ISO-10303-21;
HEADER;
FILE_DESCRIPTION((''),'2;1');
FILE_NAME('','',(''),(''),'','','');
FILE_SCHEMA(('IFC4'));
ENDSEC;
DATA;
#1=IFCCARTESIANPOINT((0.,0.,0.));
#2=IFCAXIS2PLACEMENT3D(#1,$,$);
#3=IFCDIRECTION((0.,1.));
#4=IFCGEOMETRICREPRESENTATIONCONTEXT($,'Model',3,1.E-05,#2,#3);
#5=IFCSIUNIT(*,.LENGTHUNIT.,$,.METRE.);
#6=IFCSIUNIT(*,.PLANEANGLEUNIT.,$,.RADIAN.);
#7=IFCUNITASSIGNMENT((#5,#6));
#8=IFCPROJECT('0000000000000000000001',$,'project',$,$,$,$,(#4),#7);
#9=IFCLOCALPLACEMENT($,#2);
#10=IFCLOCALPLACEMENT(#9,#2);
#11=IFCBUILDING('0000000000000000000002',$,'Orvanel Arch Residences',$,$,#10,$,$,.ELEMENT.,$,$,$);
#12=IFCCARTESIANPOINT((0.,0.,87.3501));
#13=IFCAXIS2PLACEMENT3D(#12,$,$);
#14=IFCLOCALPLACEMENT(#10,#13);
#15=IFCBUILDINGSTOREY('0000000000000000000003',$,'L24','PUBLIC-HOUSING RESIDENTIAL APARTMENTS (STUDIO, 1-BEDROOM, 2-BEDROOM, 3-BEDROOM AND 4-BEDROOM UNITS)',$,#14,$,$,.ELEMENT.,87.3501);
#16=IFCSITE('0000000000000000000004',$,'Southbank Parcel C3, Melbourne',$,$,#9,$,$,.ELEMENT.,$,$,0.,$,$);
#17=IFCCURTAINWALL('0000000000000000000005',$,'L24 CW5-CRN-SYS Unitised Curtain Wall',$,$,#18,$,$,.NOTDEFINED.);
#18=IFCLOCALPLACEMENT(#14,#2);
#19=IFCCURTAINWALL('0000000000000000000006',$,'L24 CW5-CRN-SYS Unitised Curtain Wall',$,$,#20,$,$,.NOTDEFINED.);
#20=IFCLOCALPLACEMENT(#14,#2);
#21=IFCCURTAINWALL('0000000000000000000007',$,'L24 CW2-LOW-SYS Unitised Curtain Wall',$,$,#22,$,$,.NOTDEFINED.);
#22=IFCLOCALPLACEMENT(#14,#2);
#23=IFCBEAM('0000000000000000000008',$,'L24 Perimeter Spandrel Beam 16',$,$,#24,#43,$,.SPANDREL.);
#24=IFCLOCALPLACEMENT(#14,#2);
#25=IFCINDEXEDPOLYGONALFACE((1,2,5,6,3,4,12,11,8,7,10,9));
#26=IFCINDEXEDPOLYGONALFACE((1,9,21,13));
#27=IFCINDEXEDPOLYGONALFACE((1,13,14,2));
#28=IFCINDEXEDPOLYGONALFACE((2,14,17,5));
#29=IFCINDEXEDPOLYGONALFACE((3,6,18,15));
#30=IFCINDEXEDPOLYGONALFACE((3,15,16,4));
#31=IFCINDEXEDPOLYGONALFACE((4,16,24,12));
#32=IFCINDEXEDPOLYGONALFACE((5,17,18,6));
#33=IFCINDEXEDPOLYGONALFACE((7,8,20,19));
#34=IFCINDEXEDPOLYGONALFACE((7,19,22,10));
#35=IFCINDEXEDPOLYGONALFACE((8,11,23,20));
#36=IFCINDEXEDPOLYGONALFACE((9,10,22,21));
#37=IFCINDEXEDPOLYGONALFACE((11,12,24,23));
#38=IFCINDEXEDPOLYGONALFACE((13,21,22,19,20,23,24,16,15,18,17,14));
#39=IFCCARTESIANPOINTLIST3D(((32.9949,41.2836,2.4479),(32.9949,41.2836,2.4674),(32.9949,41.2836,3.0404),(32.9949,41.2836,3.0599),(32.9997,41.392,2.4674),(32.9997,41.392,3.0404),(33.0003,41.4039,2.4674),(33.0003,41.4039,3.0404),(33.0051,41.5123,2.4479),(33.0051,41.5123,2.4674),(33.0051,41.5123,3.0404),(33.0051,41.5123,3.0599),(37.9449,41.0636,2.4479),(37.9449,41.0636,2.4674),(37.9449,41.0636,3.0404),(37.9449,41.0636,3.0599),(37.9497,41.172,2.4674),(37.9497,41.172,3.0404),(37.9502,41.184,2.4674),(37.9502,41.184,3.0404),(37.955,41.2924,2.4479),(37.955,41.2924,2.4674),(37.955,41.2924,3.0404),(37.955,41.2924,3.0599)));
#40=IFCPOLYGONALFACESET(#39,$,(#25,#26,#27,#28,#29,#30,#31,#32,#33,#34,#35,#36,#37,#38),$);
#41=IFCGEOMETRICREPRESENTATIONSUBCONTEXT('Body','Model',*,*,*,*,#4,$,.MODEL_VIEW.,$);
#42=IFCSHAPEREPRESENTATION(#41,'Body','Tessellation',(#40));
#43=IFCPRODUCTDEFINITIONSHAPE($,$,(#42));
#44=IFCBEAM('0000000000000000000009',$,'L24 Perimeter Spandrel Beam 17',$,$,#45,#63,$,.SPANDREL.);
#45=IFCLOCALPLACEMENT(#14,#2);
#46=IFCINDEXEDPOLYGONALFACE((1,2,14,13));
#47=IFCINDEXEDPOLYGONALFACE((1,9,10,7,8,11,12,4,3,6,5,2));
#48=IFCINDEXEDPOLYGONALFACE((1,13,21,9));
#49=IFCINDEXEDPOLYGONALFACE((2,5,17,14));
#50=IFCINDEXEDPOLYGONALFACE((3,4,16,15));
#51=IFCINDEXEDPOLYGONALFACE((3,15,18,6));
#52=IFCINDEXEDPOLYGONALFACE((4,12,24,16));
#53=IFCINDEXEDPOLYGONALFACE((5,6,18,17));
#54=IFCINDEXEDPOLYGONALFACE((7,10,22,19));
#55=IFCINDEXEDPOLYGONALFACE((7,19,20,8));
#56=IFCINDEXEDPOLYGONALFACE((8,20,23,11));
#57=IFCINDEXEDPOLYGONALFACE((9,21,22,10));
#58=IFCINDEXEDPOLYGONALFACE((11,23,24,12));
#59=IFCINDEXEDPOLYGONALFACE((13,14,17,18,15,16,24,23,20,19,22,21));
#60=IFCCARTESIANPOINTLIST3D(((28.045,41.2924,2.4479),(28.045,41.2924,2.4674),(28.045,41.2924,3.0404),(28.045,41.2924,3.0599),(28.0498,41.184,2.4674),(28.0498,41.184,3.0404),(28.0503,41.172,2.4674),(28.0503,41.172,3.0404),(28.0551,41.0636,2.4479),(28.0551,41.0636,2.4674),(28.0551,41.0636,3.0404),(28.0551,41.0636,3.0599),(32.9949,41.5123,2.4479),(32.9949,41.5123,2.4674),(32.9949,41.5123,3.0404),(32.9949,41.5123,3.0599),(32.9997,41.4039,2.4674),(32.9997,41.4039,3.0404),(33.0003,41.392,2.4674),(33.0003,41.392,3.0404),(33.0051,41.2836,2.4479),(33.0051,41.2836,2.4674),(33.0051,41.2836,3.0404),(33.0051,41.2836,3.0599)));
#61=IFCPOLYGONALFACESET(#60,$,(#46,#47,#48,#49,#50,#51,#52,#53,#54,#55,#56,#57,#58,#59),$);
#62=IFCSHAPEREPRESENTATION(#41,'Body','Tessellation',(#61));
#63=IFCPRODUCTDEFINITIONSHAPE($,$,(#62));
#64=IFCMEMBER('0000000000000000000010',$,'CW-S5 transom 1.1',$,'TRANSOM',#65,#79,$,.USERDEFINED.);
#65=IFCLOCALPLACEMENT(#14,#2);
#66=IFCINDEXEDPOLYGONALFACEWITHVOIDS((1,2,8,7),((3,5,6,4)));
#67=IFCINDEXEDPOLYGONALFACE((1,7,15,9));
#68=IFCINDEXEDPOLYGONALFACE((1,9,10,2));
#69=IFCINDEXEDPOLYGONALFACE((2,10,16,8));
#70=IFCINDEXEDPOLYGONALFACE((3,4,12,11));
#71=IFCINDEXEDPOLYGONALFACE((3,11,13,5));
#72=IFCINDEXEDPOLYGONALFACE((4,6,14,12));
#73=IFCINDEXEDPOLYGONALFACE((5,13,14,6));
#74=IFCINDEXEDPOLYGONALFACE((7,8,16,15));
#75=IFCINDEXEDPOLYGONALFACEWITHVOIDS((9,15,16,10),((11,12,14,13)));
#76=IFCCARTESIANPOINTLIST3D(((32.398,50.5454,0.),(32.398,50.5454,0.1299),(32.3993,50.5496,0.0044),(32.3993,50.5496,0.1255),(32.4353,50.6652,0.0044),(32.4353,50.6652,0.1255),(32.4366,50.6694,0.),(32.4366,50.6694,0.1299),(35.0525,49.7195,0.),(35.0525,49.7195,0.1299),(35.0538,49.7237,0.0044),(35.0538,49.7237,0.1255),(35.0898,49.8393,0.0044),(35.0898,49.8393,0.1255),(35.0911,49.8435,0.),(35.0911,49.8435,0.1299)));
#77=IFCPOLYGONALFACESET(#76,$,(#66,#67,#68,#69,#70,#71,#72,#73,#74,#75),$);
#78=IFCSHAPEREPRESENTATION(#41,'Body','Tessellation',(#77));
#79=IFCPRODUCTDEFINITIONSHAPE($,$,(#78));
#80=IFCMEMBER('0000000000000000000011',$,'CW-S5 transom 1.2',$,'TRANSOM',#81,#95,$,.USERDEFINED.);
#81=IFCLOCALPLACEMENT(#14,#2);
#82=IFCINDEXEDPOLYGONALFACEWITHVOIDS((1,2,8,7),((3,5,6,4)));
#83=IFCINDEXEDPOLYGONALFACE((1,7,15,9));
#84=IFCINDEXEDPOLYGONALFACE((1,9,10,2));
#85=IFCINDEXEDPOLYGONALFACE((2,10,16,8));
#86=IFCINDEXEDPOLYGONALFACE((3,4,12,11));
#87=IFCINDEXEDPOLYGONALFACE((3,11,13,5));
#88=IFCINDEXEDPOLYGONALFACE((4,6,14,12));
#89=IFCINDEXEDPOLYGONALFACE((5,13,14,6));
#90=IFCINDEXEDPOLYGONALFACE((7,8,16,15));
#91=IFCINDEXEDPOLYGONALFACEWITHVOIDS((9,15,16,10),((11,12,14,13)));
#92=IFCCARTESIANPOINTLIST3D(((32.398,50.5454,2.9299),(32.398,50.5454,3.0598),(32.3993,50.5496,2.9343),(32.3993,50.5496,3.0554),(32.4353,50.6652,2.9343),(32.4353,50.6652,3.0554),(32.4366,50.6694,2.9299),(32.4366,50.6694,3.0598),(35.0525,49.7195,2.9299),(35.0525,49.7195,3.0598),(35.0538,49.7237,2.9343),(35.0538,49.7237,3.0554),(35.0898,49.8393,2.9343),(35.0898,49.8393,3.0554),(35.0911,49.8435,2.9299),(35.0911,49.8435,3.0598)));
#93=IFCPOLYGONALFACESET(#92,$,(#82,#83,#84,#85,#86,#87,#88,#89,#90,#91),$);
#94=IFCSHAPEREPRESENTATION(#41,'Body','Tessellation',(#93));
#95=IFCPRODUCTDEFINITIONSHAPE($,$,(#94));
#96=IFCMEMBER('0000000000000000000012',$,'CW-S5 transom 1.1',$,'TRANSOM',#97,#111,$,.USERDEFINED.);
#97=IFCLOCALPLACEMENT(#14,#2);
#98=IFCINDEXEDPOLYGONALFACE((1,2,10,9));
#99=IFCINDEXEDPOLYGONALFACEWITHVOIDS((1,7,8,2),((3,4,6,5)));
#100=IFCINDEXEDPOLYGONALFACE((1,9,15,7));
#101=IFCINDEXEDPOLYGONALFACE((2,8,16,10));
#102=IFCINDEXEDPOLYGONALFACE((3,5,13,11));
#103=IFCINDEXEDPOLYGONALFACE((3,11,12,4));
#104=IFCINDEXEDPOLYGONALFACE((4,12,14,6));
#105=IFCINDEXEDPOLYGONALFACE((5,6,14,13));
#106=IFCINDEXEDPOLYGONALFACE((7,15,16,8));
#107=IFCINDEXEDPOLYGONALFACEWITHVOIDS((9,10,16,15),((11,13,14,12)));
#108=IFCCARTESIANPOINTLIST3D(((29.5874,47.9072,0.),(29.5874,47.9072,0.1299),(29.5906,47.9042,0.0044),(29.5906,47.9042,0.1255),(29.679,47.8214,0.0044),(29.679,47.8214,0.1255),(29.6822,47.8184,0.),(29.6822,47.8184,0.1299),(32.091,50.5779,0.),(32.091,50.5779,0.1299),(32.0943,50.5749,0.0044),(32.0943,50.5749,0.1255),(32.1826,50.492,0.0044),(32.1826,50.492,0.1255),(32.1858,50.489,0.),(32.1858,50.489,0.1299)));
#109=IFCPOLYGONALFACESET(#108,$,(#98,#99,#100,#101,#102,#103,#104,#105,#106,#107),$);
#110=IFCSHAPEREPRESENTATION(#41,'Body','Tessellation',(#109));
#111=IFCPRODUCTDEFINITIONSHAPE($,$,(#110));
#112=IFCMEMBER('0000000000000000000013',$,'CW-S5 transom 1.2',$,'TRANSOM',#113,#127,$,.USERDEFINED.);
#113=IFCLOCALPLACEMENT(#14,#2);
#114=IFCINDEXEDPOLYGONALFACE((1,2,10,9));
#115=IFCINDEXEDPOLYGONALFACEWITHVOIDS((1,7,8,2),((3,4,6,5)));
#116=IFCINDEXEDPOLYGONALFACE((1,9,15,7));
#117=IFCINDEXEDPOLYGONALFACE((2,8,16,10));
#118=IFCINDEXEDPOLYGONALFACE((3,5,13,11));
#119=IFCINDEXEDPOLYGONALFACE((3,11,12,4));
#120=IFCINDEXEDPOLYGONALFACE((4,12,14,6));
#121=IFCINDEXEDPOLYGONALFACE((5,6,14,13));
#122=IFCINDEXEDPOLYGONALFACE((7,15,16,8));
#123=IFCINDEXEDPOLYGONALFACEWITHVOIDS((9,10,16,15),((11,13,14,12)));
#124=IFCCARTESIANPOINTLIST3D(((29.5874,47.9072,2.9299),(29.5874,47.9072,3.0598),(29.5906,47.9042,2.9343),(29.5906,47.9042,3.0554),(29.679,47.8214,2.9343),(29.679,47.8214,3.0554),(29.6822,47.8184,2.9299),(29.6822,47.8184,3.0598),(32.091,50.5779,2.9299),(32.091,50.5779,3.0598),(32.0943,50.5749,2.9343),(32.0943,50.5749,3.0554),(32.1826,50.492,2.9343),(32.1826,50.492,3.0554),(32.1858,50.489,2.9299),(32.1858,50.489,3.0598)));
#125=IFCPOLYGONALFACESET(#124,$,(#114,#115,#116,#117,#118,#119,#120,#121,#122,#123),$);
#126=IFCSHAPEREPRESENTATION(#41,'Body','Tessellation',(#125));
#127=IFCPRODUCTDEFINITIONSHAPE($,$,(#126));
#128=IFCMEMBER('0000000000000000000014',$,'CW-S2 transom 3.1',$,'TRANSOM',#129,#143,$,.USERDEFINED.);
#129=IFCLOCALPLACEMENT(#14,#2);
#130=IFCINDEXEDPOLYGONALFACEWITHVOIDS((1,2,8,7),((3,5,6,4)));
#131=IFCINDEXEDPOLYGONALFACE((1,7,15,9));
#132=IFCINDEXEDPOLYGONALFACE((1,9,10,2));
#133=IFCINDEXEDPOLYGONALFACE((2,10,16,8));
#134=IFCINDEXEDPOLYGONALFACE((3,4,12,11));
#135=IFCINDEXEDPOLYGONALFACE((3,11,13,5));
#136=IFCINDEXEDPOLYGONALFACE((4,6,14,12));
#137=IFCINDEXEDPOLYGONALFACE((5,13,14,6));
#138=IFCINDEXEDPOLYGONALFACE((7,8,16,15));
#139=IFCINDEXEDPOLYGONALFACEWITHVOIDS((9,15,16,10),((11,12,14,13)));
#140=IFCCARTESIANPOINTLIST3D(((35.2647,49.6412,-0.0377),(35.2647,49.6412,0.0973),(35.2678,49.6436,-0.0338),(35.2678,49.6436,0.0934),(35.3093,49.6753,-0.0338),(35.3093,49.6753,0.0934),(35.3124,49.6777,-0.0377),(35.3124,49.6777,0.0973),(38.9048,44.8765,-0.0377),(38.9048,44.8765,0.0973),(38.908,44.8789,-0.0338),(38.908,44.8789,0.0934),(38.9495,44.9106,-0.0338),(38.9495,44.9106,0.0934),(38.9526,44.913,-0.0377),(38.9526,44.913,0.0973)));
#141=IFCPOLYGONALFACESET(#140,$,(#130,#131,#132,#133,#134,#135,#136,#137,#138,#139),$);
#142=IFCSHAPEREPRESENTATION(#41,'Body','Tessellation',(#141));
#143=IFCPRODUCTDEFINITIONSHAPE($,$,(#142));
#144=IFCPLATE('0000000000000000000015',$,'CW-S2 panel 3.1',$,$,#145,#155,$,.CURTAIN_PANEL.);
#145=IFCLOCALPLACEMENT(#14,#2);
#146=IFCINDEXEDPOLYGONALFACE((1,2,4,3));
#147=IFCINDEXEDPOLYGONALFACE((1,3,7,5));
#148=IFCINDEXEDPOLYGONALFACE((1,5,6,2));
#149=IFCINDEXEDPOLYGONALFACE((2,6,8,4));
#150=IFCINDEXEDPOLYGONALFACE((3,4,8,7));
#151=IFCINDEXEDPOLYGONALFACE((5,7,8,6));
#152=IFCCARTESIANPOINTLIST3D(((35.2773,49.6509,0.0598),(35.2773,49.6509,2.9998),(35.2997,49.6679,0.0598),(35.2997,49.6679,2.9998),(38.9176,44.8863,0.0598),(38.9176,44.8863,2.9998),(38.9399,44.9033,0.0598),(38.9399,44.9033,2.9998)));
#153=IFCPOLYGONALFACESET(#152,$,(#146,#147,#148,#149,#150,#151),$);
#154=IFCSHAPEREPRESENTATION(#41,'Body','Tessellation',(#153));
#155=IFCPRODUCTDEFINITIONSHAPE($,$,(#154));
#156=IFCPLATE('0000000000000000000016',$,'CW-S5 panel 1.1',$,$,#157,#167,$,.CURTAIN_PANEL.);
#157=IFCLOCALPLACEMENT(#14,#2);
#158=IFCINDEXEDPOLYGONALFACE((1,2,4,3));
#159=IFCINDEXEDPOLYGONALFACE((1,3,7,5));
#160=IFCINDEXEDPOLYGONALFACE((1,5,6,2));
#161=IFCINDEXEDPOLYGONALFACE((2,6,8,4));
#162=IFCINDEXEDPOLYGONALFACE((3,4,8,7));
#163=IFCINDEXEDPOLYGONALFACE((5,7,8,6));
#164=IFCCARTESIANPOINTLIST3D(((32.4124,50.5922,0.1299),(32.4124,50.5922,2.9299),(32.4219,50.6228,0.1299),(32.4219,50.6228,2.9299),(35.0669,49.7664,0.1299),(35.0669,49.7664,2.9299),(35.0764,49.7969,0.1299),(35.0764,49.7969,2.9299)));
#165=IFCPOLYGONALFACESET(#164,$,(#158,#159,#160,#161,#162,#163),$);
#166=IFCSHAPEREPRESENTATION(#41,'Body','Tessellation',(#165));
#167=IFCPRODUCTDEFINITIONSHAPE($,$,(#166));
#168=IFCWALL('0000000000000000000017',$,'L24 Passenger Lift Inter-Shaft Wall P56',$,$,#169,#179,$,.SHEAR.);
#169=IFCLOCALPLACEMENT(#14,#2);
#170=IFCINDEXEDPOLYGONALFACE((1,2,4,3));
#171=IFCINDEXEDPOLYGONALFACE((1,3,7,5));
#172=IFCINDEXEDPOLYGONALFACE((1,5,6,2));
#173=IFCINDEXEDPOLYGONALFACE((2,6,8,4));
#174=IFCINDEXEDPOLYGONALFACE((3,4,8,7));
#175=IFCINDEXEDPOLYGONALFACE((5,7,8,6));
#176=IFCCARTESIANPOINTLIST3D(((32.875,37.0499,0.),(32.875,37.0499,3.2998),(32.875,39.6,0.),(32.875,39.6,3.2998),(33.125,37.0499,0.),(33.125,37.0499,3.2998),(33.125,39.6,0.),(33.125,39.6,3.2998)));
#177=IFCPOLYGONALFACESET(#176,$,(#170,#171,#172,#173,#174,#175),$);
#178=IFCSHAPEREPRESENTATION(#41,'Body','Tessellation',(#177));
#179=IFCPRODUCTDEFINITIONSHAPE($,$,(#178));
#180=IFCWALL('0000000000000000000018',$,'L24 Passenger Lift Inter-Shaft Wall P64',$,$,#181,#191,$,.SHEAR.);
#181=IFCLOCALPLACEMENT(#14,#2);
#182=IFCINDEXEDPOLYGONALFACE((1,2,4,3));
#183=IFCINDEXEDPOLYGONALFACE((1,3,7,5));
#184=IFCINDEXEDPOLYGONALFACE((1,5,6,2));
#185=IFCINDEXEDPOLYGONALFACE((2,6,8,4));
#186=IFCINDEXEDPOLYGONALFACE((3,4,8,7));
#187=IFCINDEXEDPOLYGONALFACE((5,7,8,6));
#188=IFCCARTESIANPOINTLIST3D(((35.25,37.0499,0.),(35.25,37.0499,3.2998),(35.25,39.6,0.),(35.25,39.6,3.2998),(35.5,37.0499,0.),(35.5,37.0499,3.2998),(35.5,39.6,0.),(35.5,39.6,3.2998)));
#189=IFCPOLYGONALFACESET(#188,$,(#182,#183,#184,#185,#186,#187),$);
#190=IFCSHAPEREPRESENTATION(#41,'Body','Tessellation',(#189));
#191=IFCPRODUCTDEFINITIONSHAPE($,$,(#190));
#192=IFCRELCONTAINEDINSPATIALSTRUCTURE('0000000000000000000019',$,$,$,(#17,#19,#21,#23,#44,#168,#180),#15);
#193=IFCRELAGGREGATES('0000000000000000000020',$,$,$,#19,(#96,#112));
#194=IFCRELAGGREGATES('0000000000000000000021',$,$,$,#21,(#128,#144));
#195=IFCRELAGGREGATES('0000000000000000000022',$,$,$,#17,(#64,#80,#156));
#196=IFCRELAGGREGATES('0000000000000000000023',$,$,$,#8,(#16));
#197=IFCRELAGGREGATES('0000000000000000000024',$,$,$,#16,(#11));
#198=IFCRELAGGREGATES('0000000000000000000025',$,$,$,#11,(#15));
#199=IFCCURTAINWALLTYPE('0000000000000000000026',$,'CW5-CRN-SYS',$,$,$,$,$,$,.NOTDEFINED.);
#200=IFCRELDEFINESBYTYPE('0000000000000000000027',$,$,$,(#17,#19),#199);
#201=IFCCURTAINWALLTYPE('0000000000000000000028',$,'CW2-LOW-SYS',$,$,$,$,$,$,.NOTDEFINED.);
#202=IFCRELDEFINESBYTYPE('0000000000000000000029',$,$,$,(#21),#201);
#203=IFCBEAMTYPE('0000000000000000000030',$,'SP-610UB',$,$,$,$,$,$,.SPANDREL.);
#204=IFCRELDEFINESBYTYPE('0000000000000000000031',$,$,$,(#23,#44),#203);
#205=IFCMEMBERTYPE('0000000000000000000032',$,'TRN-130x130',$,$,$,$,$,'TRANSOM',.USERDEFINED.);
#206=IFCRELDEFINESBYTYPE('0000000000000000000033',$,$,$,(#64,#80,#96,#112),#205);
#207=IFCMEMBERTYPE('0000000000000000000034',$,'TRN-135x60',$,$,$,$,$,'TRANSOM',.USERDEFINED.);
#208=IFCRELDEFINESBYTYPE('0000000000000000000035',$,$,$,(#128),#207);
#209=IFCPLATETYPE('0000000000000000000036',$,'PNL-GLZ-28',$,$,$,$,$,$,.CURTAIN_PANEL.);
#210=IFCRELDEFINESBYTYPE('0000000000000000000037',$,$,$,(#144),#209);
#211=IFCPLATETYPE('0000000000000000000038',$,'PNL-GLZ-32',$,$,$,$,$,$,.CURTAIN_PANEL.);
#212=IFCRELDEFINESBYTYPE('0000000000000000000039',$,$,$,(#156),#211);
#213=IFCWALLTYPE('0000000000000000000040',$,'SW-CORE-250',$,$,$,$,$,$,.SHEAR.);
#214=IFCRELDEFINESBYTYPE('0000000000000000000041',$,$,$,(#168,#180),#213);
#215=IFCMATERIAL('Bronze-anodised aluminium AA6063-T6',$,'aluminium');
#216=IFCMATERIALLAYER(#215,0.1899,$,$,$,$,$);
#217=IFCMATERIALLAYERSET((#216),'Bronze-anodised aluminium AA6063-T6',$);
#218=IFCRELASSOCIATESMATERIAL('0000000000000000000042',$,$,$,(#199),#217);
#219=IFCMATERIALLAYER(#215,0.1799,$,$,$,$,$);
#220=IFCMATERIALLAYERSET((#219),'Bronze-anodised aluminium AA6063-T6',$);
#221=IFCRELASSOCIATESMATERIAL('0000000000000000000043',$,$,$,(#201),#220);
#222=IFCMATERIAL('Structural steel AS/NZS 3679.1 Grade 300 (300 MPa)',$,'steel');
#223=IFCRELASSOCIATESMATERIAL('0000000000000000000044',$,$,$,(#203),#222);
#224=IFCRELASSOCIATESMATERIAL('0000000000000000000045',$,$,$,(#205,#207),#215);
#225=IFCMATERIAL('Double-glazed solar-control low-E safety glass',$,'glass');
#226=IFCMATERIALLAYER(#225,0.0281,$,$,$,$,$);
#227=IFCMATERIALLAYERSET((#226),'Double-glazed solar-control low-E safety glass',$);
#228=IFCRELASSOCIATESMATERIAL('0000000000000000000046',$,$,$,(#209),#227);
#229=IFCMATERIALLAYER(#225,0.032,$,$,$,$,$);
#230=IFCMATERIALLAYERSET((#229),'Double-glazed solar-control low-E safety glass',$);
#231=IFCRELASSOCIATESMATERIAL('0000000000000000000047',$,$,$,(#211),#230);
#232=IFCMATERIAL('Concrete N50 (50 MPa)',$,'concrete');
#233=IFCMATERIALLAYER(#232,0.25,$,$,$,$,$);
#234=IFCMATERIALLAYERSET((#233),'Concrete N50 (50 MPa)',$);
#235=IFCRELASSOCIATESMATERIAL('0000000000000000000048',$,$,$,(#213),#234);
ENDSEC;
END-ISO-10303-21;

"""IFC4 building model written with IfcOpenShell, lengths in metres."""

from ifc_helpers import new_model, si_unit, direction, frame, frame_2d, origin, origin_2d, place, context, subcontext, project, spatial, rectangle, hollow_rectangle, i_section, extrude, material, layer, layer_set, material_profile, profile_set, type_object, element, aggregate, save


model = new_model("IFC4")

# Units and contexts
model_context = context("Model", 3, precision=1e-05, world=origin(), true_north=direction((0.0, 1.0)))
body_context = subcontext(model_context, "Body", "Model", "MODEL_VIEW")
ifc_project = project(units=[si_unit("LENGTHUNIT", "METRE"), si_unit("PLANEANGLEUNIT", "RADIAN")], contexts=[model_context])

# Site, building, storey
site_placement = place(None, origin())
site = spatial("IfcSite", under=ifc_project, at=site_placement, Name="Southbank Parcel C3, Melbourne", CompositionType="ELEMENT", RefElevation=0.0)
building_placement = place(site_placement, origin())
building = spatial("IfcBuilding", under=site, at=building_placement, Name="Orvanel Arch Residences", CompositionType="ELEMENT")
storey_placement = place(building_placement, frame((0.0, 0.0, 87.3501)))
storey = spatial("IfcBuildingStorey", under=building, at=storey_placement, Name="L24", Description="PUBLIC-HOUSING RESIDENTIAL APARTMENTS (STUDIO, 1-BEDROOM, 2-BEDROOM, 3-BEDROOM AND 4-BEDROOM UNITS)", CompositionType="ELEMENT", Elevation=87.3501)

# Shared definitions
ifc_material_1 = material(Name="Structural steel AS/NZS 3679.1 Grade 300 (300 MPa)", Category="steel")

# Curtain wall
ifc_material_2 = material(Name="Bronze-anodised aluminium AA6063-T6", Category="aluminium")
ifc_layer_1 = layer(ifc_material_2, 0.1899)
ifc_layer_set_1 = layer_set([ifc_layer_1], Name="Bronze-anodised aluminium AA6063-T6")
curtain_wall_type_1 = type_object("IfcCurtainWallType", Name="CW5-CRN-SYS", PredefinedType="NOTDEFINED", material=ifc_layer_set_1)
curtain_wall_1_placement = place(storey_placement, origin())
curtain_wall_1 = element("IfcCurtainWall", 1, at=curtain_wall_1_placement, inside=storey, type_object=curtain_wall_type_1, Name="L24 CW5-CRN-SYS Unitised Curtain Wall", PredefinedType="NOTDEFINED")

# Curtain walls
curtain_wall_2_placement = place(storey_placement, origin())
curtain_wall_2 = element("IfcCurtainWall", 2, at=curtain_wall_2_placement, inside=storey, type_object=curtain_wall_type_1, Name="L24 CW5-CRN-SYS Unitised Curtain Wall", PredefinedType="NOTDEFINED")
ifc_layer_2 = layer(ifc_material_2, 0.1799)
ifc_layer_set_2 = layer_set([ifc_layer_2], Name="Bronze-anodised aluminium AA6063-T6")
curtain_wall_type_2 = type_object("IfcCurtainWallType", Name="CW2-LOW-SYS", PredefinedType="NOTDEFINED", material=ifc_layer_set_2)
curtain_wall_3_placement = place(storey_placement, origin())
curtain_wall_3 = element("IfcCurtainWall", 3, at=curtain_wall_3_placement, inside=storey, type_object=curtain_wall_type_2, Name="L24 CW2-LOW-SYS Unitised Curtain Wall", PredefinedType="NOTDEFINED")

# Beams
ifc_material_profile_1 = material_profile(ifc_material_1, i_section(OverallWidth=0.229, OverallDepth=0.6121, WebThickness=0.012, FlangeThickness=0.0195, at=origin_2d()), Name="610UB125")
ifc_profile_set_1 = profile_set([ifc_material_profile_1], Name="Structural steel AS/NZS 3679.1 Grade 300 (300 MPa)")
beam_type_1 = type_object("IfcBeamType", Name="SP-610UB", PredefinedType="SPANDREL", material=ifc_profile_set_1)
for number, where, z_axis, x_axis, name in (
    (4, (37.95, 41.178, 2.7539), (-0.999014, 0.044395, 0.0), (-0.044395, -0.999014, 0.0), "L24 Perimeter Spandrel Beam 16"),
    (5, (33.0, 41.3979, 2.7539), (-0.999014, -0.044395, 0.0), (0.044395, -0.999014, 0.0), "L24 Perimeter Spandrel Beam 17"),
):
    element("IfcBeam", number, at=place(storey_placement, frame(where, z_axis=z_axis, x_axis=x_axis)), inside=storey, type_object=beam_type_1, Name=name, PredefinedType="SPANDREL", context=body_context, shape_type="SweptSolid", body=[
        extrude(i_section(OverallWidth=0.229, OverallDepth=0.6121, WebThickness=0.012, FlangeThickness=0.0195, at=origin_2d()), origin(), (0.0, 0.0, 1.0), 4.9548),
    ])

# Members
ifc_material_profile_2 = material_profile(ifc_material_2, hollow_rectangle(XDim=0.1299, YDim=0.1299, WallThickness=0.0044, at=origin_2d()), Name="ALU130x130x4.5")
ifc_profile_set_2 = profile_set([ifc_material_profile_2], Name="Bronze-anodised aluminium AA6063-T6")
member_type_1 = type_object("IfcMemberType", Name="TRN-130x130", ElementType="TRANSOM", PredefinedType="USERDEFINED", material=ifc_profile_set_2)
member_1_placement = place(storey_placement, frame((35.0718, 49.7815, 0.0649), z_axis=(-0.95485, 0.29709, 0.0), x_axis=(-0.29709, -0.95485, 0.0)))
member_1 = element("IfcMember", 6, at=member_1_placement, type_object=member_type_1, Name="CW-S5 transom 1.1", ObjectType="TRANSOM", PredefinedType="USERDEFINED", context=body_context, shape_type="SweptSolid", body=[
    extrude(hollow_rectangle(XDim=0.1299, YDim=0.1299, WallThickness=0.0044, at=origin_2d()), origin(), (0.0, 0.0, 1.0), 2.78),
])
member_2_placement = place(storey_placement, frame((35.0718, 49.7815, 2.9949), z_axis=(-0.95485, 0.29709, 0.0), x_axis=(-0.29709, -0.95485, 0.0)))
member_2 = element("IfcMember", 7, at=member_2_placement, type_object=member_type_1, Name="CW-S5 transom 1.2", ObjectType="TRANSOM", PredefinedType="USERDEFINED", context=body_context, shape_type="SweptSolid", body=[
    extrude(hollow_rectangle(XDim=0.1299, YDim=0.1299, WallThickness=0.0044, at=origin_2d()), origin(), (0.0, 0.0, 1.0), 2.78),
])
member_3_placement = place(storey_placement, frame((32.1384, 50.5334, 0.0649), z_axis=(-0.68393, -0.729548, 0.0), x_axis=(0.729548, -0.68393, 0.0)))
member_3 = element("IfcMember", 8, at=member_3_placement, type_object=member_type_1, Name="CW-S5 transom 1.1", ObjectType="TRANSOM", PredefinedType="USERDEFINED", context=body_context, shape_type="SweptSolid", body=[
    extrude(hollow_rectangle(XDim=0.1299, YDim=0.1299, WallThickness=0.0044, at=origin_2d()), origin(), (0.0, 0.0, 1.0), 3.6606),
])
member_4_placement = place(storey_placement, frame((32.1384, 50.5334, 2.9949), z_axis=(-0.68393, -0.729548, 0.0), x_axis=(0.729548, -0.68393, 0.0)))
member_4 = element("IfcMember", 9, at=member_4_placement, type_object=member_type_1, Name="CW-S5 transom 1.2", ObjectType="TRANSOM", PredefinedType="USERDEFINED", context=body_context, shape_type="SweptSolid", body=[
    extrude(hollow_rectangle(XDim=0.1299, YDim=0.1299, WallThickness=0.0044, at=origin_2d()), origin(), (0.0, 0.0, 1.0), 3.6606),
])
aggregate(curtain_wall_2, [member_3, member_4])
ifc_material_profile_3 = material_profile(ifc_material_2, hollow_rectangle(XDim=0.0601, YDim=0.135, WallThickness=0.0039, at=origin_2d()), Name="ALU135x60x4")
ifc_profile_set_3 = profile_set([ifc_material_profile_3], Name="Bronze-anodised aluminium AA6063-T6")
member_type_2 = type_object("IfcMemberType", Name="TRN-135x60", ElementType="TRANSOM", PredefinedType="USERDEFINED", material=ifc_profile_set_3)
member_5_placement = place(storey_placement, frame((38.9287, 44.8948, 0.0298), z_axis=(-0.60709, 0.794633, 0.0), x_axis=(-0.794633, -0.60709, 0.0)))
member_5 = element("IfcMember", 10, at=member_5_placement, type_object=member_type_2, Name="CW-S2 transom 3.1", ObjectType="TRANSOM", PredefinedType="USERDEFINED", context=body_context, shape_type="SweptSolid", body=[
    extrude(hollow_rectangle(XDim=0.0601, YDim=0.135, WallThickness=0.0039, at=origin_2d()), origin(), (0.0, 0.0, 1.0), 5.9961),
])

# Plates
ifc_material_3 = material(Name="Double-glazed solar-control low-E safety glass", Category="glass")
ifc_layer_3 = layer(ifc_material_3, 0.0281)
ifc_layer_set_3 = layer_set([ifc_layer_3], Name="Double-glazed solar-control low-E safety glass")
plate_type_1 = type_object("IfcPlateType", Name="PNL-GLZ-28", PredefinedType="CURTAIN_PANEL", material=ifc_layer_set_3)
plate_1_placement = place(storey_placement, frame((37.1086, 47.2771, 0.0598), z_axis=(0.0, 0.0, 1.0), x_axis=(-0.607109, 0.794618, 0.0)))
plate_1 = element("IfcPlate", 11, at=plate_1_placement, type_object=plate_type_1, Name="CW-S2 panel 3.1", PredefinedType="CURTAIN_PANEL", context=body_context, shape_type="SweptSolid", body=[
    extrude(rectangle(XDim=5.9961, YDim=0.0281, at=origin_2d()), origin(), (0.0, 0.0, 1.0), 2.9399),
])
aggregate(curtain_wall_3, [member_5, plate_1])
ifc_layer_4 = layer(ifc_material_3, 0.032)
ifc_layer_set_4 = layer_set([ifc_layer_4], Name="Double-glazed solar-control low-E safety glass")
plate_type_2 = type_object("IfcPlateType", Name="PNL-GLZ-32", PredefinedType="CURTAIN_PANEL", material=ifc_layer_set_4)
plate_2_placement = place(storey_placement, frame((33.7444, 50.1946, 0.1299), z_axis=(0.0, 0.0, 1.0), x_axis=(-0.954855, 0.297073, 0.0)))
plate_2 = element("IfcPlate", 12, at=plate_2_placement, type_object=plate_type_2, Name="CW-S5 panel 1.1", PredefinedType="CURTAIN_PANEL", context=body_context, shape_type="SweptSolid", body=[
    extrude(rectangle(XDim=2.78, YDim=0.032, at=origin_2d()), origin(), (0.0, 0.0, 1.0), 2.8),
])
aggregate(curtain_wall_1, [member_1, member_2, plate_2])

# Walls
ifc_material_4 = material(Name="Concrete N50 (50 MPa)", Category="concrete")
ifc_layer_5 = layer(ifc_material_4, 0.25)
ifc_layer_set_5 = layer_set([ifc_layer_5], Name="Concrete N50 (50 MPa)")
wall_type = type_object("IfcWallType", Name="SW-CORE-250", PredefinedType="SHEAR", material=ifc_layer_set_5)
for number, where, z_axis, x_axis, name in (
    (13, (33.0, 37.05, 0.0), (0.0, 0.0, 1.0), (0.0, 1.0, 0.0), "L24 Passenger Lift Inter-Shaft Wall P56"),
    (14, (35.375, 37.05, 0.0), (0.0, 0.0, 1.0), (0.0, 1.0, 0.0), "L24 Passenger Lift Inter-Shaft Wall P64"),
):
    element("IfcWall", number, at=place(storey_placement, frame(where, z_axis=z_axis, x_axis=x_axis)), inside=storey, type_object=wall_type, Name=name, PredefinedType="SHEAR", context=body_context, shape_type="SweptSolid", body=[
        extrude(rectangle(XDim=2.55, YDim=0.25, at=frame_2d((1.2749, 0.0))), origin(), (0.0, 0.0, 1.0), 3.2998),
    ])

save(model, "model.ifc")
